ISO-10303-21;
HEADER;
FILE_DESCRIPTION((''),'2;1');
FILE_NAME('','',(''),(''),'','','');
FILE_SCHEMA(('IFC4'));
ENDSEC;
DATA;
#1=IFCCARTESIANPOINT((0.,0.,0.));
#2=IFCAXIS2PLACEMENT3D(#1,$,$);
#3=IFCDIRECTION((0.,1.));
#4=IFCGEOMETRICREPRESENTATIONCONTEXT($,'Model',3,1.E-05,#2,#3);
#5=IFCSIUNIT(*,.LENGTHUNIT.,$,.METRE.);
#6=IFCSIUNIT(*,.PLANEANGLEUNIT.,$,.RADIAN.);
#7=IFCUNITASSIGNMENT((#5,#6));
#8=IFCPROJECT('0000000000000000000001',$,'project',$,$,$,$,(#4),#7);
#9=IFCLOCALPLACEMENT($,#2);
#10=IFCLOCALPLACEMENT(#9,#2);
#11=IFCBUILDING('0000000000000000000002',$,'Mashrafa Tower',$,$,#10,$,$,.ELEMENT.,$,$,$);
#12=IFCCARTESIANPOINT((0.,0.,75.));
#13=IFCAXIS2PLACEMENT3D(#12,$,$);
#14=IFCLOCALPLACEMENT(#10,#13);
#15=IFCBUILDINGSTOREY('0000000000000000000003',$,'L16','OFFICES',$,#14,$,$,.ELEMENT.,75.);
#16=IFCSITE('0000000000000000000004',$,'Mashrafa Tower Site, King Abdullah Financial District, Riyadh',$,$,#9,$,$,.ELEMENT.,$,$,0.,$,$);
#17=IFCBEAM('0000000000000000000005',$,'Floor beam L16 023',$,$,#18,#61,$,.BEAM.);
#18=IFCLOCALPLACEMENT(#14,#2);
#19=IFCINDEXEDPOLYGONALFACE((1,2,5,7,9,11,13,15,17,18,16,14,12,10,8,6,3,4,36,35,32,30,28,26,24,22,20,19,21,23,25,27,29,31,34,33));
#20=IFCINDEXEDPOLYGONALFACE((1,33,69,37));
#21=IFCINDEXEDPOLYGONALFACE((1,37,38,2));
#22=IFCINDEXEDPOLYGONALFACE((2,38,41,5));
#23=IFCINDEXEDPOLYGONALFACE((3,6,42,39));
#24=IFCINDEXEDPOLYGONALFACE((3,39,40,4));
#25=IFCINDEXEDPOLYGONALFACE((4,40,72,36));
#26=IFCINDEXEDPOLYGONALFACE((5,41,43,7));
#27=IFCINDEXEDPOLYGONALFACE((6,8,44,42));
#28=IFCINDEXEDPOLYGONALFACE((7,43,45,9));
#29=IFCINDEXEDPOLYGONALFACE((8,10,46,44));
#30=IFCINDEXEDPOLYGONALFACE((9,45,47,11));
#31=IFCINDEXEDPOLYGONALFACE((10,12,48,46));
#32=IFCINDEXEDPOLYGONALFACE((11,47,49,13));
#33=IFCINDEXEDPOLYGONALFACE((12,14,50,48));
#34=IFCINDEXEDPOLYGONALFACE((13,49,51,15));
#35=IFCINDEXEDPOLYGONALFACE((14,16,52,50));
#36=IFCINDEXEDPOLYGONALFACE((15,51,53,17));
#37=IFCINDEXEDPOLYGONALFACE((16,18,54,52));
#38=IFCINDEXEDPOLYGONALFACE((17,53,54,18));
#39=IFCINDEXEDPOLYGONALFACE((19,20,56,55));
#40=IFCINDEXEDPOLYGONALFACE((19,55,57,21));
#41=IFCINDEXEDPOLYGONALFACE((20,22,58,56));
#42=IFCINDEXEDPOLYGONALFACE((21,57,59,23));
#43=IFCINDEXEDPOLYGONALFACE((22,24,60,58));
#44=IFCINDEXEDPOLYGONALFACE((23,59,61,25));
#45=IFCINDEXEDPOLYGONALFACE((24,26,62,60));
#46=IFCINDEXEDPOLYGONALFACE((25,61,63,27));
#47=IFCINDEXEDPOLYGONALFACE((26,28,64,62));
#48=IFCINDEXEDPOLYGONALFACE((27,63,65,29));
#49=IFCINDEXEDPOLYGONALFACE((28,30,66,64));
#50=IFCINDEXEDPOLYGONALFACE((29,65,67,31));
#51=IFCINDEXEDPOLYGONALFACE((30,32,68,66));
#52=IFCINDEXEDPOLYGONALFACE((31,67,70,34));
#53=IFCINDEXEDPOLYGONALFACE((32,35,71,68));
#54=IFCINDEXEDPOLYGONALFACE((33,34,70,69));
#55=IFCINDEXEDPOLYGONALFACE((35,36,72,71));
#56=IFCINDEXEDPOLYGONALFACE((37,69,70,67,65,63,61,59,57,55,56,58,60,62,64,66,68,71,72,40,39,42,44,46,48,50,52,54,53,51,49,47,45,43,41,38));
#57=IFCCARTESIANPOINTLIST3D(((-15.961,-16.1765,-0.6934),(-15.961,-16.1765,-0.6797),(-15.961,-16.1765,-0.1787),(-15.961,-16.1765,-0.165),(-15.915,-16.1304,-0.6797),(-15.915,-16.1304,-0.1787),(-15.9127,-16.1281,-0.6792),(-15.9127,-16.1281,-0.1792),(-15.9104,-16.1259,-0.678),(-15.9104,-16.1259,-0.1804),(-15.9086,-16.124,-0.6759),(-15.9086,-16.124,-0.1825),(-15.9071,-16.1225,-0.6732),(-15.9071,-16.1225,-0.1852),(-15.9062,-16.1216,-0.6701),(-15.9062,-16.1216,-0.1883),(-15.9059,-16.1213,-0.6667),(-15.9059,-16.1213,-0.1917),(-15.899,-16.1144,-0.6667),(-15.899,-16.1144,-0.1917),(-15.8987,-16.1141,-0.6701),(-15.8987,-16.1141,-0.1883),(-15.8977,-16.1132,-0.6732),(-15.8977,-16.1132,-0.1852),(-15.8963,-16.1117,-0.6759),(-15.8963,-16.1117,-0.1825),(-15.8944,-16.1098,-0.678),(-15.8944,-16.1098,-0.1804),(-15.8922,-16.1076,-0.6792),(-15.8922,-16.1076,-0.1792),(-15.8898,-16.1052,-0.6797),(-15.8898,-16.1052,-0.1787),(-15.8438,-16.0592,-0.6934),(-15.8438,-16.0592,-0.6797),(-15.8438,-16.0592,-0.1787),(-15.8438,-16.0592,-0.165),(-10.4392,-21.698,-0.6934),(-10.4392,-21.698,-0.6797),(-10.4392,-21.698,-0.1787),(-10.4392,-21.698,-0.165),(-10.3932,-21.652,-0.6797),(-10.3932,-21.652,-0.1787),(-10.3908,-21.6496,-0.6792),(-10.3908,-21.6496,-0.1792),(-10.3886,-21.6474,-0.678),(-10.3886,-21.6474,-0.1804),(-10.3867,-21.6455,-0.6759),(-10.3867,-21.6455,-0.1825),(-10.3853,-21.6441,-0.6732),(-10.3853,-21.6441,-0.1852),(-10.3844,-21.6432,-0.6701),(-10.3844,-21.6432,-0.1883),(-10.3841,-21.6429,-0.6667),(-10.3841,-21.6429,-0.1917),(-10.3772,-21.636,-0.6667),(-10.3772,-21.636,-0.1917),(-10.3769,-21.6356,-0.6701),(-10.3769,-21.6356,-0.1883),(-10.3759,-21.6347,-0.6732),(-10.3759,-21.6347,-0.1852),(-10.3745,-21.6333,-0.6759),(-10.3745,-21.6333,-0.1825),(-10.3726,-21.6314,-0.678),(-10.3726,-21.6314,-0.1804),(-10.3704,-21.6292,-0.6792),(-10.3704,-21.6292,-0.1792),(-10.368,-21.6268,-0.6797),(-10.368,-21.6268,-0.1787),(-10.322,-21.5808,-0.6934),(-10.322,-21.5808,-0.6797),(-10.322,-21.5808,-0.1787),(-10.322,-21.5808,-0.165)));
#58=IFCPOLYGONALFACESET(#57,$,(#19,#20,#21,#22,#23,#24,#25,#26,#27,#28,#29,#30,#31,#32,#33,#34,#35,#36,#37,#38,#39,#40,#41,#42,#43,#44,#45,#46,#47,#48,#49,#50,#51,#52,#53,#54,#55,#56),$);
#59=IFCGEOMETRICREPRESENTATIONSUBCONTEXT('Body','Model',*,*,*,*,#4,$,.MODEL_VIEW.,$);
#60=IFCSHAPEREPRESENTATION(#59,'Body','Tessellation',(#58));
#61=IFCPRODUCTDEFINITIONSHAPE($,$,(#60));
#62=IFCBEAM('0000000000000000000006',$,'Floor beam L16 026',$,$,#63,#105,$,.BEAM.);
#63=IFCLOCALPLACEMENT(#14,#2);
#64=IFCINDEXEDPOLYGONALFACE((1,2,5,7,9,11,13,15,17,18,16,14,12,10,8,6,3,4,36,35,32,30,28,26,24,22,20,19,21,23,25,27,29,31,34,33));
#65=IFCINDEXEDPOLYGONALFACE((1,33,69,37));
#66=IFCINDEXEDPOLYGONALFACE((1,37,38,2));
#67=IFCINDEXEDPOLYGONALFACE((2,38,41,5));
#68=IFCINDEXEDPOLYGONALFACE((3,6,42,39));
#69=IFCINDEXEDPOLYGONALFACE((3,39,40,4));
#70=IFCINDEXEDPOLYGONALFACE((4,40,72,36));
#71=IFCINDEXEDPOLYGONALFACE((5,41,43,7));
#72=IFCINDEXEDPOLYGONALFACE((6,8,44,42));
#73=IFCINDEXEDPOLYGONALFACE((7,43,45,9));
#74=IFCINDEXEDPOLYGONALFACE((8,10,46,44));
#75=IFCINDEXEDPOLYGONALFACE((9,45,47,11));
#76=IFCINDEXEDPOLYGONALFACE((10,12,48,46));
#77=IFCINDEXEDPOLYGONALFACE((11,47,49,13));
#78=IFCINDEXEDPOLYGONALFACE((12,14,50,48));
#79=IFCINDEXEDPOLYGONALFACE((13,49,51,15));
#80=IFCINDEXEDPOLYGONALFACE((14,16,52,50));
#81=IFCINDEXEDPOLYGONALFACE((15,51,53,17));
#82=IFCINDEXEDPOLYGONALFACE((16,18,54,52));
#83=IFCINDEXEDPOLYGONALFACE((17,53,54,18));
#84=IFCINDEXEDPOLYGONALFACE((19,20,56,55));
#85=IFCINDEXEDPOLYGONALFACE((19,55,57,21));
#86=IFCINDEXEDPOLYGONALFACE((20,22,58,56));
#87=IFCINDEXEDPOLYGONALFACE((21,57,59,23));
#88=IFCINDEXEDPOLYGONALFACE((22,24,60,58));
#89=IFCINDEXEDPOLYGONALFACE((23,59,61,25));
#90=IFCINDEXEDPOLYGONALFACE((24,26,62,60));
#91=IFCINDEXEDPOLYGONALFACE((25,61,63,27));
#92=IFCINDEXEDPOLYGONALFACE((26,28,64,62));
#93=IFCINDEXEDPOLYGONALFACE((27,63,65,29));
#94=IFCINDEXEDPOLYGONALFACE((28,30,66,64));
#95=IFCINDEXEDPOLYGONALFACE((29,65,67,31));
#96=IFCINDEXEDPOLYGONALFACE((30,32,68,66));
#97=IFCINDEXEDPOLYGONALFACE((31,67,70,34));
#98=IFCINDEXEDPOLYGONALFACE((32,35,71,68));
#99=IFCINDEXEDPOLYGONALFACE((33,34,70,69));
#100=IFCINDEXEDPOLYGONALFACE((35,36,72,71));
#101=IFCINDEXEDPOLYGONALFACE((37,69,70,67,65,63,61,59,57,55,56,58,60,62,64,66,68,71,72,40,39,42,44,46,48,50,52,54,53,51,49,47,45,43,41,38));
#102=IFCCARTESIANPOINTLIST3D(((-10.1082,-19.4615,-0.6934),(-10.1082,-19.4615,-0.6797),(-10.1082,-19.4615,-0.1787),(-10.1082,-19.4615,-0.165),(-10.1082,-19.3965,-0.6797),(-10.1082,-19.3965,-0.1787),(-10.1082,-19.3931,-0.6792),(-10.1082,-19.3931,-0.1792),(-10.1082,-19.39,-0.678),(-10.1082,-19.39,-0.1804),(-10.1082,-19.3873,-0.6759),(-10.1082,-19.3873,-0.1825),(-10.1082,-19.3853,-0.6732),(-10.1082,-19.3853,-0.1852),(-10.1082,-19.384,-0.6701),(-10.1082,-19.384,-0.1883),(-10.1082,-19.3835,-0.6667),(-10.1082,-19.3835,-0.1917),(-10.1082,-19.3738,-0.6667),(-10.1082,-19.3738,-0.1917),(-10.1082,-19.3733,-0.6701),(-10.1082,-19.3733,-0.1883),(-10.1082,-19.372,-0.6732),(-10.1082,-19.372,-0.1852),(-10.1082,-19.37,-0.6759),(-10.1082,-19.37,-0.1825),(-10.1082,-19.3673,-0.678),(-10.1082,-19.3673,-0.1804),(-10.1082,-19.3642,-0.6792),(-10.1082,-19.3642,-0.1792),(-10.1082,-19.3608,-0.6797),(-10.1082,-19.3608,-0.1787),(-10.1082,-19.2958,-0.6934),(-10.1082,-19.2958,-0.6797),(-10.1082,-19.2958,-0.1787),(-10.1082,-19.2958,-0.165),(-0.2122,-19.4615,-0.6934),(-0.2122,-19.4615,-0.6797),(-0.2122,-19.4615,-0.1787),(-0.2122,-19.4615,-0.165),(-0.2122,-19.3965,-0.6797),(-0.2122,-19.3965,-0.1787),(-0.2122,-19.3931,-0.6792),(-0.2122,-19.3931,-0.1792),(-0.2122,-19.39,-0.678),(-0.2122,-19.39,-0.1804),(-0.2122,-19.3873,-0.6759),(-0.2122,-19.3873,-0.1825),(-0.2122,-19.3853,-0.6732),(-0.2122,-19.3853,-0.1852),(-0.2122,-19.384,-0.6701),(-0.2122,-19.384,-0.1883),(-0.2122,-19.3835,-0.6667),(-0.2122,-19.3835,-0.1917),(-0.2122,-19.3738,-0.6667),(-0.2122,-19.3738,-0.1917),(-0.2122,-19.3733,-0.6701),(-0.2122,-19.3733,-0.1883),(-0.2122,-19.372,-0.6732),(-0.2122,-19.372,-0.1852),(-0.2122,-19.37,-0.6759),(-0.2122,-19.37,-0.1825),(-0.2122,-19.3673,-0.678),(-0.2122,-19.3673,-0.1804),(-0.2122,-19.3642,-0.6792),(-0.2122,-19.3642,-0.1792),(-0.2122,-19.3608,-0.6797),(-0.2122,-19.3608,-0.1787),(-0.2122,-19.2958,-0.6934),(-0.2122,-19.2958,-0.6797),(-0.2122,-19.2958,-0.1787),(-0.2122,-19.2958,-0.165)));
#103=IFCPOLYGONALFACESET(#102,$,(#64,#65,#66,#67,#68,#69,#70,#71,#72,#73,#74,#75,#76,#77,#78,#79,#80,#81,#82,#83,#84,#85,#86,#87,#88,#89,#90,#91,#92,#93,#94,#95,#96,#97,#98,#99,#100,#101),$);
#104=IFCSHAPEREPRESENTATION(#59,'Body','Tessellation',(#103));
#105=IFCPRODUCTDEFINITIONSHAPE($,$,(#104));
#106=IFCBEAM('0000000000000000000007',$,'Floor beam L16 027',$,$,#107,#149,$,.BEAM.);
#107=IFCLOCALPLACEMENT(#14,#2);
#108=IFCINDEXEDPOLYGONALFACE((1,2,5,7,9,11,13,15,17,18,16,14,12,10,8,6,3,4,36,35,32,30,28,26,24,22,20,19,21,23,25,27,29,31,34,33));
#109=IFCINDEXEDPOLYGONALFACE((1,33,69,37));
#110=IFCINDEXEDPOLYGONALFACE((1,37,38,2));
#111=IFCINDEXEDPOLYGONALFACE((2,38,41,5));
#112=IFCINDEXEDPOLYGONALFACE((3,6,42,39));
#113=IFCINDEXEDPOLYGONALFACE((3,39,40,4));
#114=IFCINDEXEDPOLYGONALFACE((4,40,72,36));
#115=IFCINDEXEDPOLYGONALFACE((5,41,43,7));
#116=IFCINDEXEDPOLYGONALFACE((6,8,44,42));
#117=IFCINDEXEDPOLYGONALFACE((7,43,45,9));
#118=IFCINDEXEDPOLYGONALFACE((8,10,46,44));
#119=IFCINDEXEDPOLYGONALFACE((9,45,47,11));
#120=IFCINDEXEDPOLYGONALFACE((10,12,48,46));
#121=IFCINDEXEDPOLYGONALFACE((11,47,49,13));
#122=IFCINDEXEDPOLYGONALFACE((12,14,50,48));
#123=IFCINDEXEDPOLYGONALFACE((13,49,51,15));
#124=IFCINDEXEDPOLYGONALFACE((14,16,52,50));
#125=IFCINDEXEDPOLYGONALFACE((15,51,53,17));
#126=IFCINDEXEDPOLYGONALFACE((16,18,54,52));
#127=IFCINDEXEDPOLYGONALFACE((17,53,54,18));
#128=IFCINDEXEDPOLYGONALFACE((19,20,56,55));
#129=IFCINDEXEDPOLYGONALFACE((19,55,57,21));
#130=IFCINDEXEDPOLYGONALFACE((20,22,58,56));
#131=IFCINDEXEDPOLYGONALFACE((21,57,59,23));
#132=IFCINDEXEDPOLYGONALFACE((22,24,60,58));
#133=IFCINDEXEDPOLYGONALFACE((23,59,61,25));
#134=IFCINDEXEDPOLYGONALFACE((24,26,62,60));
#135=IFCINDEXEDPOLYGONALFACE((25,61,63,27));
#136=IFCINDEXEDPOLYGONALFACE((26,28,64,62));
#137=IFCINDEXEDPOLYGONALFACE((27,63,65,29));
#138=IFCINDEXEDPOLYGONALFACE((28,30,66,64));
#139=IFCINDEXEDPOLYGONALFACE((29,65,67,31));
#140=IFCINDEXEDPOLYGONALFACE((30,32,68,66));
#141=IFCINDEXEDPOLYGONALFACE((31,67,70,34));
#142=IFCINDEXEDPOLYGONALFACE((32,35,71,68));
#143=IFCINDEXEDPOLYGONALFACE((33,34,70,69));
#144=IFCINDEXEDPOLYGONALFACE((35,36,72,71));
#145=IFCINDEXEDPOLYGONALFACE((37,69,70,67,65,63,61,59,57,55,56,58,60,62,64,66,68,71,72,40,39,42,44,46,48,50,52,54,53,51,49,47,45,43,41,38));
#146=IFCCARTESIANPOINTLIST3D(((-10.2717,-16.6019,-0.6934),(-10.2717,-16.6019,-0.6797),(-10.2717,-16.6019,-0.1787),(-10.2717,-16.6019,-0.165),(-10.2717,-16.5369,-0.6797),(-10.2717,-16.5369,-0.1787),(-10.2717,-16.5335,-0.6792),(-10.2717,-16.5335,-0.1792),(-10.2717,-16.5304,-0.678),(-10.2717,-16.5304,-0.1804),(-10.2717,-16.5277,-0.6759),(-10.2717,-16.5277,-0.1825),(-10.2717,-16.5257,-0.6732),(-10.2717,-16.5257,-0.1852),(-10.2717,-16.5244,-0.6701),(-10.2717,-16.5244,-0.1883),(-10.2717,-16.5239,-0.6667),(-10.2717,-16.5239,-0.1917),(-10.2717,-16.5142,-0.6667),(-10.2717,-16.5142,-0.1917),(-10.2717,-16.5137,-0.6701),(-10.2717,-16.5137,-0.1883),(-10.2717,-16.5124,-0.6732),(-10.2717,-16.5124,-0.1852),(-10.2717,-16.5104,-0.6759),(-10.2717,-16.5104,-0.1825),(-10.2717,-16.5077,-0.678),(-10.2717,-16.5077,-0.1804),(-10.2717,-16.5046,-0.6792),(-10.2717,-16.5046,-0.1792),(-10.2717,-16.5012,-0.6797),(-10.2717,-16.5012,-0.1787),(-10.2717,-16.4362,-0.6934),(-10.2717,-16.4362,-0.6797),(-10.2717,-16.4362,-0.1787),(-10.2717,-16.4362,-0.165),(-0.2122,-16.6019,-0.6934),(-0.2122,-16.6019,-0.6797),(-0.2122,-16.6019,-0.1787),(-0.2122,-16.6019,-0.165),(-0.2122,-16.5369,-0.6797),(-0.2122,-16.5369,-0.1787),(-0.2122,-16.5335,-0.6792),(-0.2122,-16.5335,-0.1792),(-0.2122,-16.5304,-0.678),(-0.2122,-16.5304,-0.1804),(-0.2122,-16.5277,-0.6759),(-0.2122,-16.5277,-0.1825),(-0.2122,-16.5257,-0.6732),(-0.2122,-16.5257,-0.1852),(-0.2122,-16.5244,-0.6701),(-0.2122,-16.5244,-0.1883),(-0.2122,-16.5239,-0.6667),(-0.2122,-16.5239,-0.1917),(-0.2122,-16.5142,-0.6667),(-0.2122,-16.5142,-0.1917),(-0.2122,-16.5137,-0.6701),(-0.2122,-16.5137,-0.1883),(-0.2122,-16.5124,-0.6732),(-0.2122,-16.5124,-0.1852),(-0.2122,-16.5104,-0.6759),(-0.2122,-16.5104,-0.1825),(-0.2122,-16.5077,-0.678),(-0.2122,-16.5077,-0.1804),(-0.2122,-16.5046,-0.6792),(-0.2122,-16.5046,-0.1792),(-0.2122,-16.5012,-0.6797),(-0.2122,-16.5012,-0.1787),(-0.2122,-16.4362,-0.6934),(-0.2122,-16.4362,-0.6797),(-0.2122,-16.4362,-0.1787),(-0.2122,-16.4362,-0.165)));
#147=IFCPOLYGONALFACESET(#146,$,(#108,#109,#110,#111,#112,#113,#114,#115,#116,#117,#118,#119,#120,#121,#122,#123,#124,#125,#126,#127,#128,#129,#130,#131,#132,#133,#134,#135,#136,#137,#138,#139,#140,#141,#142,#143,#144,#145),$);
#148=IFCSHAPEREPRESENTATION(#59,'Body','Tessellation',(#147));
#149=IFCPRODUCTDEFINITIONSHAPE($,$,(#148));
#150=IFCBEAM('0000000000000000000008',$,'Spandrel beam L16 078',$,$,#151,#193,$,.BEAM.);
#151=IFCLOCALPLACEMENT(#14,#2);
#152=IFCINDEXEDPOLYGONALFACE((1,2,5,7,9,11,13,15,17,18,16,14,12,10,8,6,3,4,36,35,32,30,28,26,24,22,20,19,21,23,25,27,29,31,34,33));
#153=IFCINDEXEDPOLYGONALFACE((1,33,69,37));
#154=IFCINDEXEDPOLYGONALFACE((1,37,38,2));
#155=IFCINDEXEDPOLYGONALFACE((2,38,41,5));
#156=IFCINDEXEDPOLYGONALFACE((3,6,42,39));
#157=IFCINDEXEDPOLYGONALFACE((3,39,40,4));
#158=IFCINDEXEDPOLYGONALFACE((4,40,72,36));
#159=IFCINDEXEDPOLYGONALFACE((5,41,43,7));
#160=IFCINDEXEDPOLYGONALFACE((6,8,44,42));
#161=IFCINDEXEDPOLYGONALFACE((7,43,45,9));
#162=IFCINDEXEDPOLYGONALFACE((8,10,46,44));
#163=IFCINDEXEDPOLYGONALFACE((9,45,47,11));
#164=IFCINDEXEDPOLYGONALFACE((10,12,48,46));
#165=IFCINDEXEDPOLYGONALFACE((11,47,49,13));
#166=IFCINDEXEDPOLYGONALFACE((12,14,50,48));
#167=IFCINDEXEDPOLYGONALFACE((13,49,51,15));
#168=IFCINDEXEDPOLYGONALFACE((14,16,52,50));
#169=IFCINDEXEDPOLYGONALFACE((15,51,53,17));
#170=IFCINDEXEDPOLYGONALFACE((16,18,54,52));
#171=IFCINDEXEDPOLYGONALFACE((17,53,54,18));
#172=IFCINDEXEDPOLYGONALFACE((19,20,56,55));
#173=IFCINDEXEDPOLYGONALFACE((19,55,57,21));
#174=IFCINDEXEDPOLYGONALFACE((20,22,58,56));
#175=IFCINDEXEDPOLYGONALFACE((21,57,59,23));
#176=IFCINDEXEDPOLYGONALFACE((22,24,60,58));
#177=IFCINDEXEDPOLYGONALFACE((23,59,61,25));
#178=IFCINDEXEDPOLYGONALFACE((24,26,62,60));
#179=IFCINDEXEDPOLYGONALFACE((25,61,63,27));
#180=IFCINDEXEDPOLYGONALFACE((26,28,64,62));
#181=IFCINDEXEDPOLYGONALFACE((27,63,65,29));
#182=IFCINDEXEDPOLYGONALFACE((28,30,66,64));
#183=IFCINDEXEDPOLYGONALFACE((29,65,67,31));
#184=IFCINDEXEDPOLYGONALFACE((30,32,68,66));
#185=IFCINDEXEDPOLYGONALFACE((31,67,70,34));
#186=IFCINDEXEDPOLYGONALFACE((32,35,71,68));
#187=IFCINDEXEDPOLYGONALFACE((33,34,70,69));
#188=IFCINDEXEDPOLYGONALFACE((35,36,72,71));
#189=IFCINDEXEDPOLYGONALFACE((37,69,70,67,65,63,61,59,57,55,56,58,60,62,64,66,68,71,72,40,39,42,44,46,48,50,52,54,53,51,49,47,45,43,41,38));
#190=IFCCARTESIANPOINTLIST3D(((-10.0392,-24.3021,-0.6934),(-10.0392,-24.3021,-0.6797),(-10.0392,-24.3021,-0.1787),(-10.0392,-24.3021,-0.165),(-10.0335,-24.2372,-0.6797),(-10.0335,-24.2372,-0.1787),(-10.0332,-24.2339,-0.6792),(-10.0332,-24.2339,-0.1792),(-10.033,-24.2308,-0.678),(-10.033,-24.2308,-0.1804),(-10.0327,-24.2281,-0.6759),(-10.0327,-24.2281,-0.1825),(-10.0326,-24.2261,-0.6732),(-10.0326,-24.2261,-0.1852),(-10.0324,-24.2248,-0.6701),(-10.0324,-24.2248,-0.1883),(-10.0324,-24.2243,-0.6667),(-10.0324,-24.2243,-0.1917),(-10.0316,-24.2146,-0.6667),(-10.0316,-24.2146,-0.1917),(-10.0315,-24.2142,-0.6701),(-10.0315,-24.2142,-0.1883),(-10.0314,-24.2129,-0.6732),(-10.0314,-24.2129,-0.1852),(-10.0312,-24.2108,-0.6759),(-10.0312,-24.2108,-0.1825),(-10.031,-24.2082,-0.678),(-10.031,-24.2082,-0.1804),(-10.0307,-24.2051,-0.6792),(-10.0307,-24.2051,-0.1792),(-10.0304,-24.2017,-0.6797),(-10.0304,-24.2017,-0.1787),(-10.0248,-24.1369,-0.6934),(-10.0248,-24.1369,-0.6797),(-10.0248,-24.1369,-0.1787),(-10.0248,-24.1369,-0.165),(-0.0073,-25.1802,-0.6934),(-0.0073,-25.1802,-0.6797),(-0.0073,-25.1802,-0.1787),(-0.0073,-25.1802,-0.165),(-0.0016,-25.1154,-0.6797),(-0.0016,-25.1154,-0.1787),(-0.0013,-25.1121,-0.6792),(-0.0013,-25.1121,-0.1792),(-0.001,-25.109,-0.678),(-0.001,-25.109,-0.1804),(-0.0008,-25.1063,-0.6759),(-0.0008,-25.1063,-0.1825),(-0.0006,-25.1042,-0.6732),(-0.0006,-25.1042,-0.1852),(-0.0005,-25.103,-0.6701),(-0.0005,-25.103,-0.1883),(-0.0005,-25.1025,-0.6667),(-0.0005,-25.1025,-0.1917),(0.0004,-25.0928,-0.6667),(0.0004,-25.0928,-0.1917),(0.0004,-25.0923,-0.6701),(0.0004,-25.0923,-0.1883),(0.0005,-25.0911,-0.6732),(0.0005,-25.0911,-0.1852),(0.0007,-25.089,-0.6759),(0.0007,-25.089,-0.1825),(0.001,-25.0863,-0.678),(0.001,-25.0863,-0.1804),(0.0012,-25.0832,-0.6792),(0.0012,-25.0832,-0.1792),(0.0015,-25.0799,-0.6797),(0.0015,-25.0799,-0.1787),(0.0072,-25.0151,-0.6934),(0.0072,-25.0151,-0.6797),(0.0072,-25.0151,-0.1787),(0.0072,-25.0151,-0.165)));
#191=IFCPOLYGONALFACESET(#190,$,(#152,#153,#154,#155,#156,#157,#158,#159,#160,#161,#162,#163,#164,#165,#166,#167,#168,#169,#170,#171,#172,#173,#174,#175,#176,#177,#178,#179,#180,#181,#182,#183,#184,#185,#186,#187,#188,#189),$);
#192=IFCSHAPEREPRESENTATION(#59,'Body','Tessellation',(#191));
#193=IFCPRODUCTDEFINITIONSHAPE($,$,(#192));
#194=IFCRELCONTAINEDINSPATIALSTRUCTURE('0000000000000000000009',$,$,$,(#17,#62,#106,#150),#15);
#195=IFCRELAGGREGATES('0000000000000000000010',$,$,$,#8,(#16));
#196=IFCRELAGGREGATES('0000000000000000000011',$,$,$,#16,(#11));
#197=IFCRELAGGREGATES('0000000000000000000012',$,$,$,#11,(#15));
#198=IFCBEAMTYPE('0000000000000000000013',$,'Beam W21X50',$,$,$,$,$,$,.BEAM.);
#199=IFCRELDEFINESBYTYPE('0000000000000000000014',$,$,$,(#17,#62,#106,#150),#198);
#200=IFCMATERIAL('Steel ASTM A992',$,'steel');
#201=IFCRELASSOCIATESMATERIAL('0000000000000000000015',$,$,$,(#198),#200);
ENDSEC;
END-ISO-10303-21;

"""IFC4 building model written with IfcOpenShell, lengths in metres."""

from ifc_helpers import new_model, si_unit, direction, frame, origin, origin_2d, place, context, subcontext, project, spatial, i_section, extrude, material, material_profile, profile_set, type_object, element, save


model = new_model("IFC4")

# Units and contexts
model_context = context("Model", 3, precision=1e-05, world=origin(), true_north=direction((0.0, 1.0)))
body_context = subcontext(model_context, "Body", "Model", "MODEL_VIEW")
ifc_project = project(units=[si_unit("LENGTHUNIT", "METRE"), si_unit("PLANEANGLEUNIT", "RADIAN")], contexts=[model_context])

# Site, building, storey
site_placement = place(None, origin())
site = spatial("IfcSite", under=ifc_project, at=site_placement, Name="Mashrafa Tower Site, King Abdullah Financial District, Riyadh", CompositionType="ELEMENT", RefElevation=0.0)
building_placement = place(site_placement, origin())
building = spatial("IfcBuilding", under=site, at=building_placement, Name="Mashrafa Tower", CompositionType="ELEMENT")
storey_placement = place(building_placement, frame((0.0, 0.0, 75.0)))
storey = spatial("IfcBuildingStorey", under=building, at=storey_placement, Name="L16", Description="OFFICES", CompositionType="ELEMENT", Elevation=75.0)

# Beams
ifc_material_1 = material(Name="Steel ASTM A992", Category="steel")
ifc_material_profile_1 = material_profile(ifc_material_1, i_section(OverallWidth=0.1658, OverallDepth=0.5283, WebThickness=0.0098, FlangeThickness=0.0137, FilletRadius=0.0129, at=origin_2d()), Name="W21X50")
ifc_profile_set_1 = profile_set([ifc_material_profile_1], Name="Steel ASTM A992")
beam_type_1 = type_object("IfcBeamType", Name="Beam W21X50", PredefinedType="BEAM", material=ifc_profile_set_1)
beam_1_placement = place(storey_placement, frame((-10.3806, -21.6394, -0.4292), z_axis=(-0.707122, 0.707091, 0.0), x_axis=(-0.707091, -0.707122, 0.0)))
element("IfcBeam", 1, at=beam_1_placement, inside=storey, type_object=beam_type_1, Name="Floor beam L16 023", PredefinedType="BEAM", context=body_context, shape_type="SweptSolid", body=[
    extrude(i_section(OverallWidth=0.1658, OverallDepth=0.5283, WebThickness=0.0098, FlangeThickness=0.0137, FilletRadius=0.0129, at=origin_2d()), origin(), (0.0, 0.0, 1.0), 7.8088),
])
beam_2_placement = place(storey_placement, frame((-0.2122, -19.3787, -0.4292), z_axis=(-1.0, 0.0, 0.0), x_axis=(0.0, -1.0, 0.0)))
element("IfcBeam", 2, at=beam_2_placement, inside=storey, type_object=beam_type_1, Name="Floor beam L16 026", PredefinedType="BEAM", context=body_context, shape_type="SweptSolid", body=[
    extrude(i_section(OverallWidth=0.1658, OverallDepth=0.5283, WebThickness=0.0098, FlangeThickness=0.0137, FilletRadius=0.0129, at=origin_2d()), origin(), (0.0, 0.0, 1.0), 9.896),
])
beam_3_placement = place(storey_placement, frame((-0.2122, -16.519, -0.4292), z_axis=(-1.0, 0.0, 0.0), x_axis=(0.0, -1.0, 0.0)))
element("IfcBeam", 3, at=beam_3_placement, inside=storey, type_object=beam_type_1, Name="Floor beam L16 027", PredefinedType="BEAM", context=body_context, shape_type="SweptSolid", body=[
    extrude(i_section(OverallWidth=0.1658, OverallDepth=0.5283, WebThickness=0.0098, FlangeThickness=0.0137, FilletRadius=0.0129, at=origin_2d()), origin(), (0.0, 0.0, 1.0), 10.0596),
])
beam_4_placement = place(storey_placement, frame((-10.032, -24.2195, -0.4292), z_axis=(0.99619, -0.087204, 0.0), x_axis=(0.087204, 0.99619, 0.0)))
element("IfcBeam", 4, at=beam_4_placement, inside=storey, type_object=beam_type_1, Name="Spandrel beam L16 078", PredefinedType="BEAM", context=body_context, shape_type="SweptSolid", body=[
    extrude(i_section(OverallWidth=0.1658, OverallDepth=0.5283, WebThickness=0.0098, FlangeThickness=0.0137, FilletRadius=0.0129, at=origin_2d()), origin(), (0.0, 0.0, 1.0), 10.0703),
])

save(model, "model.ifc")
